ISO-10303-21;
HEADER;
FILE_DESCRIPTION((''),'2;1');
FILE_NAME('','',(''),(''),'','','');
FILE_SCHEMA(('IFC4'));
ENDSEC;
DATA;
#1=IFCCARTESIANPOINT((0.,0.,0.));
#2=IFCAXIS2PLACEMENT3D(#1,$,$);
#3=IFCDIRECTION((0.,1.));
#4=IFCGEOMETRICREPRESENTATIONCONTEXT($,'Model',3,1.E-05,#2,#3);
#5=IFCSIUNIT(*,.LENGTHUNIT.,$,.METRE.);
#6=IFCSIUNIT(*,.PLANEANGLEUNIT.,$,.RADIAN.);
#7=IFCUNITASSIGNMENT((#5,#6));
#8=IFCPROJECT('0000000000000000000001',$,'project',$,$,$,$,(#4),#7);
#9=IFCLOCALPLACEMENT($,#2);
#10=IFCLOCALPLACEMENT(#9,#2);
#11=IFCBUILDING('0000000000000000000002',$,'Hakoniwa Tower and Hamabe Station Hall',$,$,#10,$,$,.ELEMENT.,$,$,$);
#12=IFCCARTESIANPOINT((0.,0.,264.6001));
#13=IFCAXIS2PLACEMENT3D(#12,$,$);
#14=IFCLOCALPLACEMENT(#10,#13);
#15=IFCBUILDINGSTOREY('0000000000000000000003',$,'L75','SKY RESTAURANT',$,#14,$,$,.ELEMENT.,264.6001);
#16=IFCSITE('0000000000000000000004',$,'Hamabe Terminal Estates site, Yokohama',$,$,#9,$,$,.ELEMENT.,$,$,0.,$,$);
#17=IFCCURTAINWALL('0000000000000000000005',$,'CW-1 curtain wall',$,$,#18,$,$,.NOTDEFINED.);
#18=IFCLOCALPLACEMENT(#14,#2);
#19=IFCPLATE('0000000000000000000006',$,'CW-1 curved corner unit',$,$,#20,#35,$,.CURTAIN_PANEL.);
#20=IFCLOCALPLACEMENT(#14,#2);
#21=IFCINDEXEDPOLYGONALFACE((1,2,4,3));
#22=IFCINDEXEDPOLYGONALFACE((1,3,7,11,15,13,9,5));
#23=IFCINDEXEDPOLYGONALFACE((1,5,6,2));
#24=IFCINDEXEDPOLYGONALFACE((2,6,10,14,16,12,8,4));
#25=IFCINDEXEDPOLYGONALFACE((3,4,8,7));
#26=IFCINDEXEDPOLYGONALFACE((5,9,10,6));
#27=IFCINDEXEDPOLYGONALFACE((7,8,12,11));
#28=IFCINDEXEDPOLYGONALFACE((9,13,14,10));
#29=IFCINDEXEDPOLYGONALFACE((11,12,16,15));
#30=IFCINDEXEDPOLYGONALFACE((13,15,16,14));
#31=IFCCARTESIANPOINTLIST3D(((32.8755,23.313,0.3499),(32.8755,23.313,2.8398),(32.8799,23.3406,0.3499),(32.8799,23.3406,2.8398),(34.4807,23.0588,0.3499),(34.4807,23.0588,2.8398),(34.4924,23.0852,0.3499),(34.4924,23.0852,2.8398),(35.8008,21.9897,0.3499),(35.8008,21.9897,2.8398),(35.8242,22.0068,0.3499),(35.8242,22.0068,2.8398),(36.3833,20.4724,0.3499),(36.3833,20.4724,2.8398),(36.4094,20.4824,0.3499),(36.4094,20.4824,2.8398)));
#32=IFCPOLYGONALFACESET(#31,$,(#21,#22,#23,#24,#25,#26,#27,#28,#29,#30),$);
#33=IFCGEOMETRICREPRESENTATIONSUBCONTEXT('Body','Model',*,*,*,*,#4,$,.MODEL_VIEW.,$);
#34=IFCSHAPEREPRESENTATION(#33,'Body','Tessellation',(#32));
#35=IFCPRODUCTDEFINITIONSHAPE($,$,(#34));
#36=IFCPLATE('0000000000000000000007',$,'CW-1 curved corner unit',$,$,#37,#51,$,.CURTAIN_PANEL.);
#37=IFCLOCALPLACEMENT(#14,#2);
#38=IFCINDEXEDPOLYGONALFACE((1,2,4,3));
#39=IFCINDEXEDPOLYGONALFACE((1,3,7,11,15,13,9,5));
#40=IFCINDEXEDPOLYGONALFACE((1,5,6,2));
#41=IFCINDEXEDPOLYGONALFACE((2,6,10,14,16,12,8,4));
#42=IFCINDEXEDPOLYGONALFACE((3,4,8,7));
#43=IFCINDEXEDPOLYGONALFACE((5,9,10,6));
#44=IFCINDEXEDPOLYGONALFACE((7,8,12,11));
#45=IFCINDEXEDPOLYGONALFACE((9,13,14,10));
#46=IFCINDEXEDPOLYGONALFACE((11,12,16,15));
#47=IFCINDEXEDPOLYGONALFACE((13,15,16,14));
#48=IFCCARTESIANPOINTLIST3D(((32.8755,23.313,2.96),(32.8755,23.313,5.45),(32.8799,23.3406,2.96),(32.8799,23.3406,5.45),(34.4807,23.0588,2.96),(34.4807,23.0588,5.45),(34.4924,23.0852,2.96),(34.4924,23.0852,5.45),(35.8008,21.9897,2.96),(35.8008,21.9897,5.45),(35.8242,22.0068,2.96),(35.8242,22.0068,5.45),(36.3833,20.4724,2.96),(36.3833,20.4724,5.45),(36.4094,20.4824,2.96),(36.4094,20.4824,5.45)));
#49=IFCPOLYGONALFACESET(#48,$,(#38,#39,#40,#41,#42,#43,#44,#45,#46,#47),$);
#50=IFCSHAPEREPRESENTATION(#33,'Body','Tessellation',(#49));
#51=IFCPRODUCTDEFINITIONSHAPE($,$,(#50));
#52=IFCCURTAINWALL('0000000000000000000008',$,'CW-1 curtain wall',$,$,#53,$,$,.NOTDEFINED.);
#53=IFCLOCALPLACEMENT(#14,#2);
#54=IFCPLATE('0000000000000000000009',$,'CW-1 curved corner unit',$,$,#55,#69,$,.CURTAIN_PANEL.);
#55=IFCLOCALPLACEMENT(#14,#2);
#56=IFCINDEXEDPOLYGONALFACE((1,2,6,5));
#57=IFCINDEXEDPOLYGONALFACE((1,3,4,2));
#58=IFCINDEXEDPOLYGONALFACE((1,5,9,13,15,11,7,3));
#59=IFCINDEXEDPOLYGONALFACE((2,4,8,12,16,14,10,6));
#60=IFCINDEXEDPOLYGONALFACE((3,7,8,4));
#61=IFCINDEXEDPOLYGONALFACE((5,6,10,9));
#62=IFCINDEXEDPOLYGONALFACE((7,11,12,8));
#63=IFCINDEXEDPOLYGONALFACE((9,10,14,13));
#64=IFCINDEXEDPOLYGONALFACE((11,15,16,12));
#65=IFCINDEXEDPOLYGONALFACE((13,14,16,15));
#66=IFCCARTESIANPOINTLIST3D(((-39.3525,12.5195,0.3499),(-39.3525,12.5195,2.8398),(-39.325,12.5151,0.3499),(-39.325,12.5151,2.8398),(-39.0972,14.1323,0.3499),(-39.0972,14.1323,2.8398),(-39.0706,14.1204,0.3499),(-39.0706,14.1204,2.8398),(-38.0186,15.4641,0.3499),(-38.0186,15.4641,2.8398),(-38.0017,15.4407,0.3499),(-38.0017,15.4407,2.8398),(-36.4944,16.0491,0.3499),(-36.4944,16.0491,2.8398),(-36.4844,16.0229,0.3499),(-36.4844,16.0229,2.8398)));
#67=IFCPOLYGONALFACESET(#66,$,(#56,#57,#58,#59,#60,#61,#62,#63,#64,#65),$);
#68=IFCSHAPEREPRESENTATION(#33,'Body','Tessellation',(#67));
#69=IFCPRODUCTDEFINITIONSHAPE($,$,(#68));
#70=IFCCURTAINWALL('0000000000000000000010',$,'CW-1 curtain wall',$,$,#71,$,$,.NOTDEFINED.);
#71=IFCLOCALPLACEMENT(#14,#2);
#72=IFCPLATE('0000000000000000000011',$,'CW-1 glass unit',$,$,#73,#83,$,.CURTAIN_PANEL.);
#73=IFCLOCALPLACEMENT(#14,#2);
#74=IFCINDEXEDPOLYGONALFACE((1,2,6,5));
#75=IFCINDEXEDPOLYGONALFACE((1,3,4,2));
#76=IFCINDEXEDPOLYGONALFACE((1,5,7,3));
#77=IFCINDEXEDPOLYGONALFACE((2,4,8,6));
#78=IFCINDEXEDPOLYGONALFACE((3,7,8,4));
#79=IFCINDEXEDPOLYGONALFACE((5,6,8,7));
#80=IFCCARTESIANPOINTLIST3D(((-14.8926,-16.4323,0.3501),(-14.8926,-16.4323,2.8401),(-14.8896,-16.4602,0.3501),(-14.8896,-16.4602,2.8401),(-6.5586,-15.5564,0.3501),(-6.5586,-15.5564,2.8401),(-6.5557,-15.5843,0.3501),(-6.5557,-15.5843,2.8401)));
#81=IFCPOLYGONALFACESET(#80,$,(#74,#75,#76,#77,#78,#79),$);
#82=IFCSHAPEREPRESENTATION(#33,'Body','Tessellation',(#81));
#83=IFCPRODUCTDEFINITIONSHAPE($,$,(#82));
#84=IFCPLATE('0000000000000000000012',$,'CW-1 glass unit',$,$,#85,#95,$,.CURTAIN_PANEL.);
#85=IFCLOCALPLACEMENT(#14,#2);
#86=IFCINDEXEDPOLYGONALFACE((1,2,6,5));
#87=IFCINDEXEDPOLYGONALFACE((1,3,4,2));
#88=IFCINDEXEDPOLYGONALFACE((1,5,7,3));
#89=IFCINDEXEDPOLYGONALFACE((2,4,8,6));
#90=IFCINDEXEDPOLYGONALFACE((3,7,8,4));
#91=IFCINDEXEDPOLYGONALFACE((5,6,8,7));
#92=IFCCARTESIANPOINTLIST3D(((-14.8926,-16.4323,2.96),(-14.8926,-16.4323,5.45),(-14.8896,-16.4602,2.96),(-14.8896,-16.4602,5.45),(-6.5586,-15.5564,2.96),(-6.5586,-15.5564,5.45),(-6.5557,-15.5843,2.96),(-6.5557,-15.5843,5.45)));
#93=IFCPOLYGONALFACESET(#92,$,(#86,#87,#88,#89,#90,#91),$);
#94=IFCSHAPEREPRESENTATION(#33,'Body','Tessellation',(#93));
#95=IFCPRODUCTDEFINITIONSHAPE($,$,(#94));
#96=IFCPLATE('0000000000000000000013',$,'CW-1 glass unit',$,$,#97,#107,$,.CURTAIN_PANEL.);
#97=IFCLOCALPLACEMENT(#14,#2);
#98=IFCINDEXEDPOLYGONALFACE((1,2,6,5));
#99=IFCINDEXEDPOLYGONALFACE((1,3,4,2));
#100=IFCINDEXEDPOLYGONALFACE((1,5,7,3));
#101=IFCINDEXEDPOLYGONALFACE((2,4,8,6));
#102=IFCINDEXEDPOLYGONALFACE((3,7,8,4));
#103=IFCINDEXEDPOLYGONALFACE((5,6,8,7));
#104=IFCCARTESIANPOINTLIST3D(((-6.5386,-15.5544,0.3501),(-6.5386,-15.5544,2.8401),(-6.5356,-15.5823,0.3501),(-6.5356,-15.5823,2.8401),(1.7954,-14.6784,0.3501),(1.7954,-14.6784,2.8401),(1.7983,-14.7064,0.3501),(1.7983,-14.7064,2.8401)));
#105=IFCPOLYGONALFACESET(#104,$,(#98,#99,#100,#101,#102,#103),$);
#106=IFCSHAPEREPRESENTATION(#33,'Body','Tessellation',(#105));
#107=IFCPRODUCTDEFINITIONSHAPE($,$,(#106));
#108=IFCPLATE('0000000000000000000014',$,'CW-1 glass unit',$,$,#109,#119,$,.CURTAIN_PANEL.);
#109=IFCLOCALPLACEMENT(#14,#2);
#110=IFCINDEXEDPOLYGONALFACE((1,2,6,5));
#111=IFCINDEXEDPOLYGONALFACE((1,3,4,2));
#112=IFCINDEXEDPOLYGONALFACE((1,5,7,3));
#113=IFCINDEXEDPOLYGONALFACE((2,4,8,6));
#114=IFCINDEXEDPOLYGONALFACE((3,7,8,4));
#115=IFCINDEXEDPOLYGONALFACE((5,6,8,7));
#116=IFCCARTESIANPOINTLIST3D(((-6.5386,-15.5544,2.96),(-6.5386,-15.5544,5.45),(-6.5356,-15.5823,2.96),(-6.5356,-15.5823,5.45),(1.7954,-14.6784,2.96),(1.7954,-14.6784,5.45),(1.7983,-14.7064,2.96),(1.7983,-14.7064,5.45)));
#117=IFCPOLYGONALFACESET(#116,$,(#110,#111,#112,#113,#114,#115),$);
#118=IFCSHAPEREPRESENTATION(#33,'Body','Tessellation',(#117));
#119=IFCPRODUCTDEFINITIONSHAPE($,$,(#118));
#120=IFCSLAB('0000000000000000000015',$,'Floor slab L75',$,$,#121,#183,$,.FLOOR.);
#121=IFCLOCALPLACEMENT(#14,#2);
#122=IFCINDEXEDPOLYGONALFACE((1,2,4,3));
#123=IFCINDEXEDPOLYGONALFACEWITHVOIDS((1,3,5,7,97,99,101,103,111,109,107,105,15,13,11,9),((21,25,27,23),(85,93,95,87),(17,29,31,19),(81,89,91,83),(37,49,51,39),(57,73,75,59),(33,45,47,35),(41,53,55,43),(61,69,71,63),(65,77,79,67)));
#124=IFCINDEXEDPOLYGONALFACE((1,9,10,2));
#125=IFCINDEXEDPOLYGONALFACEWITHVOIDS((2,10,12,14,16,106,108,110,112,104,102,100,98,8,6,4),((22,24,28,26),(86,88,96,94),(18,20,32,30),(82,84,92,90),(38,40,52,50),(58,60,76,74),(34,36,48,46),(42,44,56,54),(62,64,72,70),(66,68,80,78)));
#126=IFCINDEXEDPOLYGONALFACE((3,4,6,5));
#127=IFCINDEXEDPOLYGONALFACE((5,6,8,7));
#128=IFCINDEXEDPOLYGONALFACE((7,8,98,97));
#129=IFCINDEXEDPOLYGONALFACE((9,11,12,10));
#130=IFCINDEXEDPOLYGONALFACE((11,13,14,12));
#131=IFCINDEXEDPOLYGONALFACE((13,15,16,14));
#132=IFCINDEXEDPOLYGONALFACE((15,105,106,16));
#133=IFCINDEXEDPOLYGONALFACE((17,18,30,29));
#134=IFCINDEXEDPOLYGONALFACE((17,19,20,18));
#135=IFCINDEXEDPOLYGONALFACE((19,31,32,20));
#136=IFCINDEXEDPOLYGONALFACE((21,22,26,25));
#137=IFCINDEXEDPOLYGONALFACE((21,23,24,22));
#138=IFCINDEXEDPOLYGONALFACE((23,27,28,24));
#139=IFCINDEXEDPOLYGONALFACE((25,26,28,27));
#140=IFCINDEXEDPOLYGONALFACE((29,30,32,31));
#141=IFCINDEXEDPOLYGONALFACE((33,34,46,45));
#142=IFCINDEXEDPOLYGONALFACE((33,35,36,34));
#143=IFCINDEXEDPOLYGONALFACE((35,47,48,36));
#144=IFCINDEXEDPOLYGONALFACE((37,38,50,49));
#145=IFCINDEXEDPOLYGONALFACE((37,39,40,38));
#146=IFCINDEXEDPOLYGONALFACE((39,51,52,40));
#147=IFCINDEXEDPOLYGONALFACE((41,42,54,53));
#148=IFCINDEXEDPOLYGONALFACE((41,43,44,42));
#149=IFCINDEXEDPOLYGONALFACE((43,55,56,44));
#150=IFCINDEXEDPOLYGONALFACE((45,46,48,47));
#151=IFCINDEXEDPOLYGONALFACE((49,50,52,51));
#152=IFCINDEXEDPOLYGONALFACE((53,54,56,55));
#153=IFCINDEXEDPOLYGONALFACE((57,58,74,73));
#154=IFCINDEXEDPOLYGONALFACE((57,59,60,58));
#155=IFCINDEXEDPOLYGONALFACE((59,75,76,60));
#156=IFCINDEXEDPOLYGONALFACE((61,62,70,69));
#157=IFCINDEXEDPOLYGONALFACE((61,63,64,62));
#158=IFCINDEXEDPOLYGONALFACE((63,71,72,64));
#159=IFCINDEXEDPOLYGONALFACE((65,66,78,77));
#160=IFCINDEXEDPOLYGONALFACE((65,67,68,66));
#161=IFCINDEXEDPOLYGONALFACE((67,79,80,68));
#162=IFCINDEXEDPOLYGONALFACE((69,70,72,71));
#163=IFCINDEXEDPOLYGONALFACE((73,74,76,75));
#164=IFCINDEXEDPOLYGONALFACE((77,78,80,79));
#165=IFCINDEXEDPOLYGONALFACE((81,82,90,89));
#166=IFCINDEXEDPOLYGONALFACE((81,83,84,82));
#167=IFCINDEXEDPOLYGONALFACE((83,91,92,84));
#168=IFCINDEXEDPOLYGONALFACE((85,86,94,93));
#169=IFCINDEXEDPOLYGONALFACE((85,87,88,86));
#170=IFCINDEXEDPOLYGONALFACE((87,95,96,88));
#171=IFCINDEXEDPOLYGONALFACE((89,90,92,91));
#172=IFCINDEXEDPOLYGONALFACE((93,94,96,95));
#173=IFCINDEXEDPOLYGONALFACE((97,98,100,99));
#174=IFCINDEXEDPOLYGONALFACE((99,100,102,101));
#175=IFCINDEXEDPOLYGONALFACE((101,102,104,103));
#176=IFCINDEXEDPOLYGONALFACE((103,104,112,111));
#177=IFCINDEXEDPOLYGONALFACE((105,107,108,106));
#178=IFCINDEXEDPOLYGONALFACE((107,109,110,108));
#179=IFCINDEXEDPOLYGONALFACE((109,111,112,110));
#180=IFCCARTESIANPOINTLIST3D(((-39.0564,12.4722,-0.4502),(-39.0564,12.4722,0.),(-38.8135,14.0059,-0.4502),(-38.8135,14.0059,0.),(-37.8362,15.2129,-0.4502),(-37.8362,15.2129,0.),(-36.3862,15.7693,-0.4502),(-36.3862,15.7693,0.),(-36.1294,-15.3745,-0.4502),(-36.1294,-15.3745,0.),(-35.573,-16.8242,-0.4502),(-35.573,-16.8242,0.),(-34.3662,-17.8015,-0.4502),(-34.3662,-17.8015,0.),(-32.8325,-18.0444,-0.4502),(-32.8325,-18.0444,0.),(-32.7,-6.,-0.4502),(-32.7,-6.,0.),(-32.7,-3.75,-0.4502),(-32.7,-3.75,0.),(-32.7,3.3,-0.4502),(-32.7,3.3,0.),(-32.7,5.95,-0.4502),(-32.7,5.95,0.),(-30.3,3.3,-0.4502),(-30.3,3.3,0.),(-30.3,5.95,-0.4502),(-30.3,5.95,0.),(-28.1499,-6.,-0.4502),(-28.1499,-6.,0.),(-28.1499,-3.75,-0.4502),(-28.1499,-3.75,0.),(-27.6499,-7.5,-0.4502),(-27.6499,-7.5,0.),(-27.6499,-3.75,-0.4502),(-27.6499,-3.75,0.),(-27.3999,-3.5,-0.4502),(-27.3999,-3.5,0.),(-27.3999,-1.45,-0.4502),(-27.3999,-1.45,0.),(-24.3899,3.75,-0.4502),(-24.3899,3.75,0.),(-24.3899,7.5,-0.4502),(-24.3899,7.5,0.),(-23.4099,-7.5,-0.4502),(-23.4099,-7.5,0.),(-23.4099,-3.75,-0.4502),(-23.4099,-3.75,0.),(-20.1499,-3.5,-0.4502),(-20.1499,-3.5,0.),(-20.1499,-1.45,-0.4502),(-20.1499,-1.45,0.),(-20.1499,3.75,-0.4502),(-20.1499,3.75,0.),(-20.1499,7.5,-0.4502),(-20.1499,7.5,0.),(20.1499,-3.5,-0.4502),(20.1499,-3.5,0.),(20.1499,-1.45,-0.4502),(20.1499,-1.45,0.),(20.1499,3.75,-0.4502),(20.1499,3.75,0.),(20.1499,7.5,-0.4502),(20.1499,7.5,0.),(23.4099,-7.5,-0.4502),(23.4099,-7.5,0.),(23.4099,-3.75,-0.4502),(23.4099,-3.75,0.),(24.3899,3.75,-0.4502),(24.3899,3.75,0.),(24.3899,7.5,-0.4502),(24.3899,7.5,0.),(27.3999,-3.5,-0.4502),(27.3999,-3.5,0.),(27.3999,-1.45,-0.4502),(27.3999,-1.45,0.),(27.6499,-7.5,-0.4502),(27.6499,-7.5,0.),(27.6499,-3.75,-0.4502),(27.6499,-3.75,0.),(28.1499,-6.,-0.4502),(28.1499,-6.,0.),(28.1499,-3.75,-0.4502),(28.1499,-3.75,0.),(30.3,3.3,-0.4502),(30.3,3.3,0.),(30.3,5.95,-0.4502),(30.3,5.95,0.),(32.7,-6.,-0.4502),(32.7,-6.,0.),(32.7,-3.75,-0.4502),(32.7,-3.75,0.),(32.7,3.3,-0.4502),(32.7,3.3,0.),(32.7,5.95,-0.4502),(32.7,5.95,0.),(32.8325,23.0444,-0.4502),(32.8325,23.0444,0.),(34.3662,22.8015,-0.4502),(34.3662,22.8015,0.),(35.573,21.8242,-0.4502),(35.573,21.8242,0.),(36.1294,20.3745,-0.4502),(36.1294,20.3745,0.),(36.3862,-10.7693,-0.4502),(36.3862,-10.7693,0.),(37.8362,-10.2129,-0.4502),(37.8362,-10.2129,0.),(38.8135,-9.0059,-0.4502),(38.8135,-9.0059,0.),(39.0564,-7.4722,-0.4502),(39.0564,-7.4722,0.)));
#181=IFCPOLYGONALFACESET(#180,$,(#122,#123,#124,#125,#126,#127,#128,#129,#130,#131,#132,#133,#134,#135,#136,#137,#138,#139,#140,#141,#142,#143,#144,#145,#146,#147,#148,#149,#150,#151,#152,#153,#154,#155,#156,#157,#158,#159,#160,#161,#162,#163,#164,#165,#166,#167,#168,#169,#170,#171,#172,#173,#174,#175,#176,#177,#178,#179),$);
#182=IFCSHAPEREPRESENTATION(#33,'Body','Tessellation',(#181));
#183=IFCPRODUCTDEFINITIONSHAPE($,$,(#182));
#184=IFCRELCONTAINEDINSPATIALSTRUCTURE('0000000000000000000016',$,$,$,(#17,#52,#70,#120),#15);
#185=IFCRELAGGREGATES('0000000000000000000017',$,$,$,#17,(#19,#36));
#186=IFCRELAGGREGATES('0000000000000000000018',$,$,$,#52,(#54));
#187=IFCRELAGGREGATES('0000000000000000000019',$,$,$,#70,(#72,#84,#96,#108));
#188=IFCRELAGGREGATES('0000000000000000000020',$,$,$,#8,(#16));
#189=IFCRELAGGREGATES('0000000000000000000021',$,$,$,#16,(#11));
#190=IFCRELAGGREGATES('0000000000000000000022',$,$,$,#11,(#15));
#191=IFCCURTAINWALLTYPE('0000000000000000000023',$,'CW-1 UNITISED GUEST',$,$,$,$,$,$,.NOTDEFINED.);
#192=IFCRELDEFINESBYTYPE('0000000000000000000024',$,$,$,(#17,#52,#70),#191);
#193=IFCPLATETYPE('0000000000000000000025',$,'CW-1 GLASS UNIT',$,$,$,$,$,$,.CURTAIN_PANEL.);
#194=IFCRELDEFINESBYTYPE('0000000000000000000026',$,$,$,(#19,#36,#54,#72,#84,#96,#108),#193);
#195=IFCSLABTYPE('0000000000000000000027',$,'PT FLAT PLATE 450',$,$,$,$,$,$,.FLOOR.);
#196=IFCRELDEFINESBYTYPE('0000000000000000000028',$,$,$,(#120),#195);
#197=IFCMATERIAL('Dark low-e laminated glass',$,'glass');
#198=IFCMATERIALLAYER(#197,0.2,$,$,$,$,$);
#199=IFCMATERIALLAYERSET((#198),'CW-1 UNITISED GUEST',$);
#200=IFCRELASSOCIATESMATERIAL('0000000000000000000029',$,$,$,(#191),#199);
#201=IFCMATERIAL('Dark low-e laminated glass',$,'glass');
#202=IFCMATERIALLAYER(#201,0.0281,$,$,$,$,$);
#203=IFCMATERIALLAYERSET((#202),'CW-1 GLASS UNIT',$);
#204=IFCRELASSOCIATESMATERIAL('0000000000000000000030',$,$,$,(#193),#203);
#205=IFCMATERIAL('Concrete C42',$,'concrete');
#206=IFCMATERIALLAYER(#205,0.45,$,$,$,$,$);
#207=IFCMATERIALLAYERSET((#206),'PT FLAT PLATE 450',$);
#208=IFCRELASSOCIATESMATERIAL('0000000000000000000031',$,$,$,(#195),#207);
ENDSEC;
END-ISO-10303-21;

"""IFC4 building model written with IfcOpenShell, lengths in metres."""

from ifc_helpers import new_model, si_unit, direction, frame, origin, origin_2d, place, context, subcontext, project, spatial, polyline, rectangle, outline, extrude, material, layer, layer_set, type_object, element, aggregate, save


model = new_model("IFC4")

# Units and contexts
model_context = context("Model", 3, precision=1e-05, world=origin(), true_north=direction((0.0, 1.0)))
body_context = subcontext(model_context, "Body", "Model", "MODEL_VIEW")
ifc_project = project(units=[si_unit("LENGTHUNIT", "METRE"), si_unit("PLANEANGLEUNIT", "RADIAN")], contexts=[model_context])

# Site, building, storey
site_placement = place(None, origin())
site = spatial("IfcSite", under=ifc_project, at=site_placement, Name="Hamabe Terminal Estates site, Yokohama", CompositionType="ELEMENT", RefElevation=0.0)
building_placement = place(site_placement, origin())
building = spatial("IfcBuilding", under=site, at=building_placement, Name="Hakoniwa Tower and Hamabe Station Hall", CompositionType="ELEMENT")
storey_placement = place(building_placement, frame((0.0, 0.0, 264.6001)))
storey = spatial("IfcBuildingStorey", under=building, at=storey_placement, Name="L75", Description="SKY RESTAURANT", CompositionType="ELEMENT", Elevation=264.6001)

# Curtain wall, plates
ifc_material_1 = material(Name="Dark low-e laminated glass", Category="glass")
ifc_layer_1 = layer(ifc_material_1, 0.2)
ifc_layer_set_1 = layer_set([ifc_layer_1], Name="CW-1 UNITISED GUEST")
curtain_wall_type = type_object("IfcCurtainWallType", Name="CW-1 UNITISED GUEST", PredefinedType="NOTDEFINED", material=ifc_layer_set_1)
curtain_wall_1_placement = place(storey_placement, origin())
curtain_wall_1 = element("IfcCurtainWall", 1, at=curtain_wall_1_placement, inside=storey, type_object=curtain_wall_type, Name="CW-1 curtain wall", PredefinedType="NOTDEFINED")
ifc_material_2 = material(Name="Dark low-e laminated glass", Category="glass")
ifc_layer_2 = layer(ifc_material_2, 0.0281)
ifc_layer_set_2 = layer_set([ifc_layer_2], Name="CW-1 GLASS UNIT")
plate_type = type_object("IfcPlateType", Name="CW-1 GLASS UNIT", PredefinedType="CURTAIN_PANEL", material=ifc_layer_set_2)
plate_1_placement = place(storey_placement, frame((0.0, 0.0, 0.3499)))
plate_1 = element("IfcPlate", 2, at=plate_1_placement, type_object=plate_type, Name="CW-1 curved corner unit", PredefinedType="CURTAIN_PANEL", context=body_context, shape_type="SweptSolid", body=[
    extrude(outline(polyline([(36.4094, 20.4824), (35.8242, 22.0068), (34.4924, 23.0852), (32.8799, 23.3406), (32.8755, 23.313), (34.4807, 23.0588), (35.8008, 21.9897), (36.3833, 20.4724), (36.4094, 20.4824)])), origin(), (0.0, 0.0, 1.0), 2.49),
])
plate_2_placement = place(storey_placement, frame((0.0, 0.0, 2.96)))
plate_2 = element("IfcPlate", 3, at=plate_2_placement, type_object=plate_type, Name="CW-1 curved corner unit", PredefinedType="CURTAIN_PANEL", context=body_context, shape_type="SweptSolid", body=[
    extrude(outline(polyline([(36.4094, 20.4824), (35.8242, 22.0068), (34.4924, 23.0852), (32.8799, 23.3406), (32.8755, 23.313), (34.4807, 23.0588), (35.8008, 21.9897), (36.3833, 20.4724), (36.4094, 20.4824)])), origin(), (0.0, 0.0, 1.0), 2.49),
])
aggregate(curtain_wall_1, [plate_1, plate_2])

# Curtain wall, plate
curtain_wall_2_placement = place(storey_placement, origin())
curtain_wall_2 = element("IfcCurtainWall", 4, at=curtain_wall_2_placement, inside=storey, type_object=curtain_wall_type, Name="CW-1 curtain wall", PredefinedType="NOTDEFINED")
plate_3_placement = place(storey_placement, frame((0.0, 0.0, 0.3499)))
plate_3 = element("IfcPlate", 5, at=plate_3_placement, type_object=plate_type, Name="CW-1 curved corner unit", PredefinedType="CURTAIN_PANEL", context=body_context, shape_type="SweptSolid", body=[
    extrude(outline(polyline([(-36.4944, 16.0491), (-38.0186, 15.4641), (-39.0972, 14.1323), (-39.3525, 12.5195), (-39.325, 12.5151), (-39.0706, 14.1204), (-38.0017, 15.4407), (-36.4844, 16.0229), (-36.4944, 16.0491)])), origin(), (0.0, 0.0, 1.0), 2.49),
])
aggregate(curtain_wall_2, [plate_3])

# Curtain wall, plates
curtain_wall_3_placement = place(storey_placement, origin())
curtain_wall_3 = element("IfcCurtainWall", 6, at=curtain_wall_3_placement, inside=storey, type_object=curtain_wall_type, Name="CW-1 curtain wall", PredefinedType="NOTDEFINED")
plate_4_placement = place(storey_placement, frame((-10.7241, -16.0083, 0.3501), z_axis=(0.0, 0.0, 1.0), x_axis=(0.994522, 0.104528, 0.0)))
plate_4 = element("IfcPlate", 7, at=plate_4_placement, type_object=plate_type, Name="CW-1 glass unit", PredefinedType="CURTAIN_PANEL", context=body_context, shape_type="SweptSolid", body=[
    extrude(rectangle(XDim=8.3799, YDim=0.0281, at=origin_2d()), origin(), (0.0, 0.0, 1.0), 2.49),
])
plate_5_placement = place(storey_placement, frame((-10.7241, -16.0083, 2.96), z_axis=(0.0, 0.0, 1.0), x_axis=(0.994522, 0.104528, 0.0)))
plate_5 = element("IfcPlate", 8, at=plate_5_placement, type_object=plate_type, Name="CW-1 glass unit", PredefinedType="CURTAIN_PANEL", context=body_context, shape_type="SweptSolid", body=[
    extrude(rectangle(XDim=8.3799, YDim=0.0281, at=origin_2d()), origin(), (0.0, 0.0, 1.0), 2.49),
])
plate_6_placement = place(storey_placement, frame((-2.3701, -15.1304, 0.3501), z_axis=(0.0, 0.0, 1.0), x_axis=(0.994522, 0.104528, 0.0)))
plate_6 = element("IfcPlate", 9, at=plate_6_placement, type_object=plate_type, Name="CW-1 glass unit", PredefinedType="CURTAIN_PANEL", context=body_context, shape_type="SweptSolid", body=[
    extrude(rectangle(XDim=8.3799, YDim=0.0281, at=origin_2d()), origin(), (0.0, 0.0, 1.0), 2.49),
])
plate_7_placement = place(storey_placement, frame((-2.3701, -15.1304, 2.96), z_axis=(0.0, 0.0, 1.0), x_axis=(0.994522, 0.104528, 0.0)))
plate_7 = element("IfcPlate", 10, at=plate_7_placement, type_object=plate_type, Name="CW-1 glass unit", PredefinedType="CURTAIN_PANEL", context=body_context, shape_type="SweptSolid", body=[
    extrude(rectangle(XDim=8.3799, YDim=0.0281, at=origin_2d()), origin(), (0.0, 0.0, 1.0), 2.49),
])
aggregate(curtain_wall_3, [plate_4, plate_5, plate_6, plate_7])

# Slab
ifc_material_3 = material(Name="Concrete C42", Category="concrete")
ifc_layer_3 = layer(ifc_material_3, 0.45)
ifc_layer_set_3 = layer_set([ifc_layer_3], Name="PT FLAT PLATE 450")
slab_type = type_object("IfcSlabType", Name="PT FLAT PLATE 450", PredefinedType="FLOOR", material=ifc_layer_set_3)
slab_placement = place(storey_placement, frame((0.0, 0.0, -0.4502)))
element("IfcSlab", 11, at=slab_placement, inside=storey, type_object=slab_type, Name="Floor slab L75", PredefinedType="FLOOR", context=body_context, shape_type="SweptSolid", body=[
    extrude(outline(polyline([(39.0564, -7.4722), (36.1294, 20.3745), (35.573, 21.8242), (34.3662, 22.8015), (32.8325, 23.0444), (-36.3862, 15.7693), (-37.8362, 15.2129), (-38.8135, 14.0059), (-39.0564, 12.4722), (-36.1294, -15.3745), (-35.573, -16.8242), (-34.3662, -17.8015), (-32.8325, -18.0444), (36.3862, -10.7693), (37.8362, -10.2129), (38.8135, -9.0059), (39.0564, -7.4722)]), holes=[polyline([(-27.3999, -3.5), (-27.3999, -1.45), (-20.1499, -1.45), (-20.1499, -3.5), (-27.3999, -3.5)]), polyline([(-32.7, 3.3), (-32.7, 5.95), (-30.3, 5.95), (-30.3, 3.3), (-32.7, 3.3)]), polyline([(-32.7, -6.0), (-32.7, -3.75), (-28.1499, -3.75), (-28.1499, -6.0), (-32.7, -6.0)]), polyline([(-24.3899, 3.75), (-24.3899, 7.5), (-20.1499, 7.5), (-20.1499, 3.75), (-24.3899, 3.75)]), polyline([(-27.6499, -7.5), (-27.6499, -3.75), (-23.4099, -3.75), (-23.4099, -7.5), (-27.6499, -7.5)]), polyline([(20.1499, -3.5), (20.1499, -1.45), (27.3999, -1.45), (27.3999, -3.5), (20.1499, -3.5)]), polyline([(30.3, 3.3), (30.3, 5.95), (32.7, 5.95), (32.7, 3.3), (30.3, 3.3)]), polyline([(28.1499, -6.0), (28.1499, -3.75), (32.7, -3.75), (32.7, -6.0), (28.1499, -6.0)]), polyline([(20.1499, 3.75), (20.1499, 7.5), (24.3899, 7.5), (24.3899, 3.75), (20.1499, 3.75)]), polyline([(23.4099, -7.5), (23.4099, -3.75), (27.6499, -3.75), (27.6499, -7.5), (23.4099, -7.5)])]), origin(), (0.0, 0.0, 1.0), 0.4502),
])

save(model, "model.ifc")
